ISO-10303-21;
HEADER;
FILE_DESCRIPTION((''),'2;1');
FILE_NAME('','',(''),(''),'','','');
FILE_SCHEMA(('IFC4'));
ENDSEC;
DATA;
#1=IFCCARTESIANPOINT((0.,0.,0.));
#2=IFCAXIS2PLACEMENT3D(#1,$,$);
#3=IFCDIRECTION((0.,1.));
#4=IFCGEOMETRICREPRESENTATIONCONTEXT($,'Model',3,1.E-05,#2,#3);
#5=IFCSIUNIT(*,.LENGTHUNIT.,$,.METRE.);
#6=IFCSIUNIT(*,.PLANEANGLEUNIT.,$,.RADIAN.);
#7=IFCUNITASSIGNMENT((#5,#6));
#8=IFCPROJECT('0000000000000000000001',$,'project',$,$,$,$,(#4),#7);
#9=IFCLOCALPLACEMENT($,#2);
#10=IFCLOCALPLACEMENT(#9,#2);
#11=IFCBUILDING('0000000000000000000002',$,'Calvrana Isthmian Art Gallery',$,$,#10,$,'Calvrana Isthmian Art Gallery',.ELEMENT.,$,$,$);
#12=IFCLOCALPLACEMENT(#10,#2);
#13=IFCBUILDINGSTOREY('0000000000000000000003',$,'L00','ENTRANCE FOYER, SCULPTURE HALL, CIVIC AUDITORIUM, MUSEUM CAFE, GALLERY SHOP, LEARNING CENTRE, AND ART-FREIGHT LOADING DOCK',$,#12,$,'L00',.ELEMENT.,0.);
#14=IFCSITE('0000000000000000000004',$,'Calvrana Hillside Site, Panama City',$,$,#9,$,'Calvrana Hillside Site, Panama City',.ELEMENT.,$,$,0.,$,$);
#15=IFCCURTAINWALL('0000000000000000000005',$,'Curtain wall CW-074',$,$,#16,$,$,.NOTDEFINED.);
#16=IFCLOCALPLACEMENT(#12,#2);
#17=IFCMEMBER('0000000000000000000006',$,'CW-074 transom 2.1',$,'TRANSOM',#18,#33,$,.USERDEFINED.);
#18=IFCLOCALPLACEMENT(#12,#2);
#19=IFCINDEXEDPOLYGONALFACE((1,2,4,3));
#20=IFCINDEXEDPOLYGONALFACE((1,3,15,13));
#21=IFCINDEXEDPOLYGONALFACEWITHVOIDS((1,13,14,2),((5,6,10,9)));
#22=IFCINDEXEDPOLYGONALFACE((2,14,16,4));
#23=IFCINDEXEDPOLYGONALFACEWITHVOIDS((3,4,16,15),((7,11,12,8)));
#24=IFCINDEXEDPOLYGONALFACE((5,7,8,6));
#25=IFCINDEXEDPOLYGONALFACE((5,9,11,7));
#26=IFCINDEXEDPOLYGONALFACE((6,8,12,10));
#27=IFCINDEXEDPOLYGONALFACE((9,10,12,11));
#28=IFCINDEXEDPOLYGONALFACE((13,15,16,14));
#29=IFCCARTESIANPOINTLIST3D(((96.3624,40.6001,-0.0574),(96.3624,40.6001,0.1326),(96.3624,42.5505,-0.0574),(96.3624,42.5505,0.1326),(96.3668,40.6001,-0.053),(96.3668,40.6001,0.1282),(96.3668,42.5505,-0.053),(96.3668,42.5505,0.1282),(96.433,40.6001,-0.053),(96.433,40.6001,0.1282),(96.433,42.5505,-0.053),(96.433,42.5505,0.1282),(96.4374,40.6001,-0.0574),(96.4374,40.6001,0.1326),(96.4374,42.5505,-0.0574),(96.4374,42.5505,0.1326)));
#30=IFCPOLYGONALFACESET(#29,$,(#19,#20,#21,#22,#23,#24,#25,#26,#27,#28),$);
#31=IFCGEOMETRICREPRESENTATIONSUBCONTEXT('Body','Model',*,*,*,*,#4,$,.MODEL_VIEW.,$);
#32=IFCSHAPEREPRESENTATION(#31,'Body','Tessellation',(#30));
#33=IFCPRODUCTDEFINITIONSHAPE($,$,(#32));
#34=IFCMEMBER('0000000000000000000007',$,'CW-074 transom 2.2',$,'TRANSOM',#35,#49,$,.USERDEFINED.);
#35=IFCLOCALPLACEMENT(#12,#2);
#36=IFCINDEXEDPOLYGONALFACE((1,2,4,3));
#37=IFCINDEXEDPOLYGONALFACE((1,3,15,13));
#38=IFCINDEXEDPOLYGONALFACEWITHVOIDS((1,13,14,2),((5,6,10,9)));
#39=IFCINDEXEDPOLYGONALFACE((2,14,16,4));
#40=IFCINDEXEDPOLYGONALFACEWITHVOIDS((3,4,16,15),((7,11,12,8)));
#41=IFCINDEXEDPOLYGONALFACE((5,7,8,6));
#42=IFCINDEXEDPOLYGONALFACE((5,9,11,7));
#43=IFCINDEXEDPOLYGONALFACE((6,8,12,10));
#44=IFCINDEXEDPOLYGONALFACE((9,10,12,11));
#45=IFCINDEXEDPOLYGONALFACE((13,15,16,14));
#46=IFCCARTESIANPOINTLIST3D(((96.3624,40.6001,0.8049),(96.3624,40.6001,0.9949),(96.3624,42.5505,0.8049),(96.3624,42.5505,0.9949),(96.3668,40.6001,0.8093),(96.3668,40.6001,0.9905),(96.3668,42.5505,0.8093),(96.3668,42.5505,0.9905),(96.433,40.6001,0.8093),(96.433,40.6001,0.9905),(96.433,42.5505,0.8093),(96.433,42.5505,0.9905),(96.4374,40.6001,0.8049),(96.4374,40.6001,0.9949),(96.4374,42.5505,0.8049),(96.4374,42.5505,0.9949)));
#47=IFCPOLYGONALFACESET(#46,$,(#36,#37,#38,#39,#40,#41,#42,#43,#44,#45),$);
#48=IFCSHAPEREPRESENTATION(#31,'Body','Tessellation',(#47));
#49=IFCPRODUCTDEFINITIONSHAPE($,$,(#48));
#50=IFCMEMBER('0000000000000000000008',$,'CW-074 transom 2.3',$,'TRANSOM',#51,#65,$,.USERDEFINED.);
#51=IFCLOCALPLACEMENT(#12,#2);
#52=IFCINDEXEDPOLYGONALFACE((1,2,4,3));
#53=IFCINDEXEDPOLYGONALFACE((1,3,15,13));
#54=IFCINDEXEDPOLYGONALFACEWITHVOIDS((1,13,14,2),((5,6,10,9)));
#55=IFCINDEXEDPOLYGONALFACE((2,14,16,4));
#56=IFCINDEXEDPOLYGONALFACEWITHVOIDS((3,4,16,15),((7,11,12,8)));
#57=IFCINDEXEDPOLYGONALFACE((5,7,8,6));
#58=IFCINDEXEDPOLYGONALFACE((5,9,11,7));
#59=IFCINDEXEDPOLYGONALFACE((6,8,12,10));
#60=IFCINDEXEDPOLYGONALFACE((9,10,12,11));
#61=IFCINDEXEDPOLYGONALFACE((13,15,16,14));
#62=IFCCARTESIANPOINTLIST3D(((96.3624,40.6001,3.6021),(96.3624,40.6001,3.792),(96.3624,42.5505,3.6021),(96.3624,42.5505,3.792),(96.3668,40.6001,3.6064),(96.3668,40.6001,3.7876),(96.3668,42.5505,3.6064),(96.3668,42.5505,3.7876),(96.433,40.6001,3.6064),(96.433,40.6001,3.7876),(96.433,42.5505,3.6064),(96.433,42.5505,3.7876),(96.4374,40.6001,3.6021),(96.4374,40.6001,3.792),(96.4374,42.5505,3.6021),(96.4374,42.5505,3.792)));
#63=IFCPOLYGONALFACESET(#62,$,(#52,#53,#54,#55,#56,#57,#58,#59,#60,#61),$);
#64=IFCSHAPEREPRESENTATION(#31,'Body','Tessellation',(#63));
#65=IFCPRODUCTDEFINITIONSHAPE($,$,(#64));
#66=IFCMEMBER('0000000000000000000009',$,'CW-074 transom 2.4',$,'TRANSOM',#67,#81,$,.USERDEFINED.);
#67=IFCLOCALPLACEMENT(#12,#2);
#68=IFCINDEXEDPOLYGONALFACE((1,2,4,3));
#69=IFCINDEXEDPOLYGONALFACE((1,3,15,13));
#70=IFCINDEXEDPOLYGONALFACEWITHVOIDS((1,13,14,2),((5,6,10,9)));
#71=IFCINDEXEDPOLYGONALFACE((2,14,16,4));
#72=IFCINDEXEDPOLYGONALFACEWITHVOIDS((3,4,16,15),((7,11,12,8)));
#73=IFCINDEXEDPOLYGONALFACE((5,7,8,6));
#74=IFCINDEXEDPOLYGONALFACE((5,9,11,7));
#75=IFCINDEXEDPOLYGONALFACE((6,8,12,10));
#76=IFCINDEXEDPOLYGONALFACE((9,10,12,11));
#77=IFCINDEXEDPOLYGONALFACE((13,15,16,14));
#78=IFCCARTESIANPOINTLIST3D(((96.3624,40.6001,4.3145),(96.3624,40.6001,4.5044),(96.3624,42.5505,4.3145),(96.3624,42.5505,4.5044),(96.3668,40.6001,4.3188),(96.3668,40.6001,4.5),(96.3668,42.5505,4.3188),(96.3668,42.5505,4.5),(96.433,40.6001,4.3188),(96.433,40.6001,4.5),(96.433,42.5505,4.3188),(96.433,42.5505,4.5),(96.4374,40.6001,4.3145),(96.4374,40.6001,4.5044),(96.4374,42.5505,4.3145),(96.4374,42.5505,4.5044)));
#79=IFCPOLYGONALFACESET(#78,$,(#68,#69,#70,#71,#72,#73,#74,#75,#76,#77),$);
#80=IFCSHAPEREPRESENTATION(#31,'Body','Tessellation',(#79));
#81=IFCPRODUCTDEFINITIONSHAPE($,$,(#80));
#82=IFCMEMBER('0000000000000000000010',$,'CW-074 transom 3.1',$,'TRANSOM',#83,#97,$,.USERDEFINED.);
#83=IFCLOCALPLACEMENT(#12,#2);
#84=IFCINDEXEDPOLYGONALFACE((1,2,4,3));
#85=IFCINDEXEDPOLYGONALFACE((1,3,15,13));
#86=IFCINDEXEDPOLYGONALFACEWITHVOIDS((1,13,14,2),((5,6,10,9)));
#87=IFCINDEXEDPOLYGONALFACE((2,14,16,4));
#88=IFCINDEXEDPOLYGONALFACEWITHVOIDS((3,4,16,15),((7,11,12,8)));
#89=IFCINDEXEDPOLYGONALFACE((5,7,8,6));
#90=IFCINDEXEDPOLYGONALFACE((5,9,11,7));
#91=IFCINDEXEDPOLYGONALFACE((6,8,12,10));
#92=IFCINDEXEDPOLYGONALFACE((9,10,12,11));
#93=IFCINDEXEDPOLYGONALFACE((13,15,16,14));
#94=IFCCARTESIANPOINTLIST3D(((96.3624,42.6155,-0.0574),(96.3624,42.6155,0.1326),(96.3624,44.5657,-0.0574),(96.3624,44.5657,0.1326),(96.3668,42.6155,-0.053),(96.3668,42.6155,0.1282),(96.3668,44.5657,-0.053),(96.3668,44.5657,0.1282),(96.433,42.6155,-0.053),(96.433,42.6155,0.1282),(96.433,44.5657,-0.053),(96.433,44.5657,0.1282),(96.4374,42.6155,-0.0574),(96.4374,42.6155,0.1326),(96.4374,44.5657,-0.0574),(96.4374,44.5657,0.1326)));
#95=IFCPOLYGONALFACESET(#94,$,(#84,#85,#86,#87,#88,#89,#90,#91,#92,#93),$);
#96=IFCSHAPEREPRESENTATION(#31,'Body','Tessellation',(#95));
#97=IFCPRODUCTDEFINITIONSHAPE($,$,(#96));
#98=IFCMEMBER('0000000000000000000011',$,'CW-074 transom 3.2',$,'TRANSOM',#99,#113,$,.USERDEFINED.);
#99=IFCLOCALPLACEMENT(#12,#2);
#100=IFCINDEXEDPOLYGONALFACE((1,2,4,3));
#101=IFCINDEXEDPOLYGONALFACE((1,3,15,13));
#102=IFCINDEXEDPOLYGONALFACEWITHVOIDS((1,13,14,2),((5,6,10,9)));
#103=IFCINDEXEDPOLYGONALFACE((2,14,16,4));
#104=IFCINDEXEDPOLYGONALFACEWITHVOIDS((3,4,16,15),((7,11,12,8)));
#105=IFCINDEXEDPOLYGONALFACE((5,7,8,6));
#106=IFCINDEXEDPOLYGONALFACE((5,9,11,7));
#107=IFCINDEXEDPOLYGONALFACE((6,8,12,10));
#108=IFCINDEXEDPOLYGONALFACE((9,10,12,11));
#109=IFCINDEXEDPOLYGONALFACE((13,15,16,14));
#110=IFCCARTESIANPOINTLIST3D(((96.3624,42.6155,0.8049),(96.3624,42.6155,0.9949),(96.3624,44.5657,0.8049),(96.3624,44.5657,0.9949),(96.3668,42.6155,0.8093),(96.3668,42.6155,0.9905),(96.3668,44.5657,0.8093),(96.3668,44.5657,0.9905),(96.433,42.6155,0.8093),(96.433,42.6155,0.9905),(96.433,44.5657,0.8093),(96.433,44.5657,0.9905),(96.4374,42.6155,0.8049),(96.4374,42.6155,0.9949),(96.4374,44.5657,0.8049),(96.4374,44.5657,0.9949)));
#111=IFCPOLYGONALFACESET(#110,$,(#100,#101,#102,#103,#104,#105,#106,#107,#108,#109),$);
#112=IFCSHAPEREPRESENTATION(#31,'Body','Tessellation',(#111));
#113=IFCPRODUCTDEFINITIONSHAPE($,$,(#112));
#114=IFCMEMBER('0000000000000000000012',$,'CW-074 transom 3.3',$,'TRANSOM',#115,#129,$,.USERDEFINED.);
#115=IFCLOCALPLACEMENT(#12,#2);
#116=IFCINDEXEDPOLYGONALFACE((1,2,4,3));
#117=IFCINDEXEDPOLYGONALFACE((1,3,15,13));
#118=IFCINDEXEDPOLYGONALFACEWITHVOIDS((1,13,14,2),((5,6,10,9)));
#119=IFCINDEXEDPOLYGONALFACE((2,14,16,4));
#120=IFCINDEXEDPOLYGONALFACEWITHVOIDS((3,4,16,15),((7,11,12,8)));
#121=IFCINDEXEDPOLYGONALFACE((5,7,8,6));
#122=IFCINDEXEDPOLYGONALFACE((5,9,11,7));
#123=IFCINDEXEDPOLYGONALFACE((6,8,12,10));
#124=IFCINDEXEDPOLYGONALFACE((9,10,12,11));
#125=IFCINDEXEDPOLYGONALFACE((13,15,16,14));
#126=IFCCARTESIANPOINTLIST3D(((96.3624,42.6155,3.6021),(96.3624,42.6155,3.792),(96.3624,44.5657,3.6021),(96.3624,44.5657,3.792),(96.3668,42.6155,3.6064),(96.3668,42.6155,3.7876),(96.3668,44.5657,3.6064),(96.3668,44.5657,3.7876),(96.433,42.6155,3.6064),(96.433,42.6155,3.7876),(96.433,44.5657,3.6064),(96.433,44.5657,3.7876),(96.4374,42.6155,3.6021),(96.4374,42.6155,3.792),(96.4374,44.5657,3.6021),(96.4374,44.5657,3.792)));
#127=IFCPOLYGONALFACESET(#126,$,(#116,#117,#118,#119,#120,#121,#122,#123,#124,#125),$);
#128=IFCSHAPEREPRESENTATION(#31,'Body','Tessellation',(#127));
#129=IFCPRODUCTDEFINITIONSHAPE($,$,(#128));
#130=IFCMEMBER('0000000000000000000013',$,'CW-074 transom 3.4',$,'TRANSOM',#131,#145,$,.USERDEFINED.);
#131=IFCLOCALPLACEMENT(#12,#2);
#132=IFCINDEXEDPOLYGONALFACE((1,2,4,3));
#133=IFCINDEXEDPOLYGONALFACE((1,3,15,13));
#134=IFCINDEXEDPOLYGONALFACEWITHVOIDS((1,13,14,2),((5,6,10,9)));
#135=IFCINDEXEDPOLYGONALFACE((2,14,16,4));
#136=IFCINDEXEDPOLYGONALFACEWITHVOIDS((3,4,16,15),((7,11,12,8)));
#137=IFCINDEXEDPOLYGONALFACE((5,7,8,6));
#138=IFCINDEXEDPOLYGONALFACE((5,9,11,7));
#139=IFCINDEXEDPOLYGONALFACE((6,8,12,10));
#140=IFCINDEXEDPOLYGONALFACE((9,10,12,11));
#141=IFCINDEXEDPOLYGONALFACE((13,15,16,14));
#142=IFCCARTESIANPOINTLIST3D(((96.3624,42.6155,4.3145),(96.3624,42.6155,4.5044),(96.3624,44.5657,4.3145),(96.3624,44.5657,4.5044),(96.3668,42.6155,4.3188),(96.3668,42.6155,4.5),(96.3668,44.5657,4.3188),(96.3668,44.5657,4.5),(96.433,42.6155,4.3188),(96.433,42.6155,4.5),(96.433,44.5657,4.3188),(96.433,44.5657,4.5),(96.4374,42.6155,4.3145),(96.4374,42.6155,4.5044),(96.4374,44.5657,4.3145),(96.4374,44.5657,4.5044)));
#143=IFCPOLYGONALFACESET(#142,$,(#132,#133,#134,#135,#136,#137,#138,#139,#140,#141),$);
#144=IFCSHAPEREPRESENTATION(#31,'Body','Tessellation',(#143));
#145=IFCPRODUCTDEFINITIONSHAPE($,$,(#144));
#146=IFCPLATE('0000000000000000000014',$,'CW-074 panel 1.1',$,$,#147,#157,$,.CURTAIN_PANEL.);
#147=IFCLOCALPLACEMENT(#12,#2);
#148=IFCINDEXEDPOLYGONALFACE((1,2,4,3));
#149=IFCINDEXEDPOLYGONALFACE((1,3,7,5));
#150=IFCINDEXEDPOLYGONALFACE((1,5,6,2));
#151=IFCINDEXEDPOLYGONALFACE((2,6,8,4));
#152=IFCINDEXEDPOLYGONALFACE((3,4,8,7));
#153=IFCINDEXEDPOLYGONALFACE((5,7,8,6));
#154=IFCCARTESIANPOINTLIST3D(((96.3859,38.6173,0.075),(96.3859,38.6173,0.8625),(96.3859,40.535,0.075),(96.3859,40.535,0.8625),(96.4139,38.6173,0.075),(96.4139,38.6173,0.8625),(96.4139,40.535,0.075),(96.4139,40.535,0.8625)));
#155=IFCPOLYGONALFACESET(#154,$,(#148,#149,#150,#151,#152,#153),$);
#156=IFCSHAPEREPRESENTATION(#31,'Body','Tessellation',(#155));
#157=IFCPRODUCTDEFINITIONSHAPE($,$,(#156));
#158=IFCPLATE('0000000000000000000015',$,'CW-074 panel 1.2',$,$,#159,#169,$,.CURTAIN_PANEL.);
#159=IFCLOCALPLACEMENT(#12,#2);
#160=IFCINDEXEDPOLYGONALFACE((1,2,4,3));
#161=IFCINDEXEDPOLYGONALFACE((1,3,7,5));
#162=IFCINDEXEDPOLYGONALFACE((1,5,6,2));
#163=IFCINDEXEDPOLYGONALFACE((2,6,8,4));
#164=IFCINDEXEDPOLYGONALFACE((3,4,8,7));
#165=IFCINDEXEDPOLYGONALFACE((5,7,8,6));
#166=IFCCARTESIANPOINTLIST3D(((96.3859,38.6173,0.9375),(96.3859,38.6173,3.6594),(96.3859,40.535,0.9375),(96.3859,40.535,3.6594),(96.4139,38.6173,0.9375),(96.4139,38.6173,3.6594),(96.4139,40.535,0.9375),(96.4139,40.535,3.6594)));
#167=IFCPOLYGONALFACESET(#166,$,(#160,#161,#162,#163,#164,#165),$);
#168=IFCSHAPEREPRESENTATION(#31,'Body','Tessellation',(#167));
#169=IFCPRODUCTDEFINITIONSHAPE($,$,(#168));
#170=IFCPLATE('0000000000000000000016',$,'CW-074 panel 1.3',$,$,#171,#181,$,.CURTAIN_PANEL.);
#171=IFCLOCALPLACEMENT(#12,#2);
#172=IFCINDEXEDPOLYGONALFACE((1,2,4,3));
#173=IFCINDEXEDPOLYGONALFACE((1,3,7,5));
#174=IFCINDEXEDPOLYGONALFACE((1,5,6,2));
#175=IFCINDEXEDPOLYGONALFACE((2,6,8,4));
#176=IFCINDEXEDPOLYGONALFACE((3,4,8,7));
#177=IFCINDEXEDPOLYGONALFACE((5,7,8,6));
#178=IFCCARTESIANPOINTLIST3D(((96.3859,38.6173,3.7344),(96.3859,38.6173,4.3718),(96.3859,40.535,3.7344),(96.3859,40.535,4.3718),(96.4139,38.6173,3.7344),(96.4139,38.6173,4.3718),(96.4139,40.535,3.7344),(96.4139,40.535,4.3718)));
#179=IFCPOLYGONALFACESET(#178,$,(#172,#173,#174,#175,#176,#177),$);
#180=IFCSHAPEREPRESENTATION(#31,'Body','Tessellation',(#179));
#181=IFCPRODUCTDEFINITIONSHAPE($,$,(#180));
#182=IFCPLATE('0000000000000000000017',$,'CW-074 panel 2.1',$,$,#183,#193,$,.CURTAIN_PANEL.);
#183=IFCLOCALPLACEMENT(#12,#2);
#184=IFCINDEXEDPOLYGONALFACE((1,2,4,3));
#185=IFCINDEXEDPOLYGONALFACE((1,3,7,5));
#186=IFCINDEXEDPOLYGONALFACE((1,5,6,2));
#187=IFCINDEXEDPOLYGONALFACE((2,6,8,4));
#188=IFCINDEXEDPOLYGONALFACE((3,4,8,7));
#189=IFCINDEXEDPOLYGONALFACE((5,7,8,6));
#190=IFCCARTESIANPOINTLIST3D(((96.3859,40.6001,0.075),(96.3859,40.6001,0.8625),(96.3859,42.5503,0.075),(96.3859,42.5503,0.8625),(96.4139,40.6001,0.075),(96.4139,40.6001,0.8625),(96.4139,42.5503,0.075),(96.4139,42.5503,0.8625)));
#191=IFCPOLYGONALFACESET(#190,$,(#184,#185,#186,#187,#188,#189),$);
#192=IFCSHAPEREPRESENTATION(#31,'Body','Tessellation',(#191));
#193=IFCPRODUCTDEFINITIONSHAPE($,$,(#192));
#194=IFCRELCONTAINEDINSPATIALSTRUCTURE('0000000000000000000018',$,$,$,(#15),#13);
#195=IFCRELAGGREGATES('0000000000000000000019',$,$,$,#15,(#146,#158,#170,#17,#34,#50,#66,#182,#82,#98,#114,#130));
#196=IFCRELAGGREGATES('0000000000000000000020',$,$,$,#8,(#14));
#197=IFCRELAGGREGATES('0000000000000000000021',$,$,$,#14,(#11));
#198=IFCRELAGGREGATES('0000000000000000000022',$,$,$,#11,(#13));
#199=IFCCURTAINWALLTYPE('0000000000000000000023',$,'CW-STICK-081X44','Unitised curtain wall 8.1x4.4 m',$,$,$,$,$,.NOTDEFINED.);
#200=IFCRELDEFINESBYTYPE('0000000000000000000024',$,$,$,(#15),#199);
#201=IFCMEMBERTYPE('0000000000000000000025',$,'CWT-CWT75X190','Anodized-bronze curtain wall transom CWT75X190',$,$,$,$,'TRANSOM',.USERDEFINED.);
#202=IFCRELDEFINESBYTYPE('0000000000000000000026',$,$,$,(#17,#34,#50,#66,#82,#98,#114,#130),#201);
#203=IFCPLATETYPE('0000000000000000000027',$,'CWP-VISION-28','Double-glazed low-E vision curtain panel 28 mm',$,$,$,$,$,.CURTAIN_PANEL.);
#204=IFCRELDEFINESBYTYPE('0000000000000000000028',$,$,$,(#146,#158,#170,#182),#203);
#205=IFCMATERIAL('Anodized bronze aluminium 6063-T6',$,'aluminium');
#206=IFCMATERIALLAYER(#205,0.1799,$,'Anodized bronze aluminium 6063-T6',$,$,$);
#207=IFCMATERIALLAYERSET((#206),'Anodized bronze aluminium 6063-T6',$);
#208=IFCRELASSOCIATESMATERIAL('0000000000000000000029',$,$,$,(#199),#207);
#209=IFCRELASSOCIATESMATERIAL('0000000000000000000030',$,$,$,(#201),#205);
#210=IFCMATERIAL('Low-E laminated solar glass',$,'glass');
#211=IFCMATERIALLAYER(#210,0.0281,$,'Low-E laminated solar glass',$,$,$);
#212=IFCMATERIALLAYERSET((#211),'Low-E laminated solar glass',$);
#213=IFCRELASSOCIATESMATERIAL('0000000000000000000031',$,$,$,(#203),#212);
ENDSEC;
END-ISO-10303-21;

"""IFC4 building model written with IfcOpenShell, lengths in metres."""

from ifc_helpers import new_model, si_unit, direction, frame, origin, origin_2d, place, context, subcontext, project, spatial, rectangle, hollow_rectangle, extrude, material, layer, layer_set, material_profile, profile_set, type_object, element, aggregate, save


model = new_model("IFC4")

# Units and contexts
model_context = context("Model", 3, precision=1e-05, world=origin(), true_north=direction((0.0, 1.0)))
body_context = subcontext(model_context, "Body", "Model", "MODEL_VIEW")
ifc_project = project(units=[si_unit("LENGTHUNIT", "METRE"), si_unit("PLANEANGLEUNIT", "RADIAN")], contexts=[model_context])

# Site, building, storey
site_placement = place(None, origin())
site = spatial("IfcSite", under=ifc_project, at=site_placement, Name="Calvrana Hillside Site, Panama City", LongName="Calvrana Hillside Site, Panama City", CompositionType="ELEMENT", RefElevation=0.0)
building_placement = place(site_placement, origin())
building = spatial("IfcBuilding", under=site, at=building_placement, Name="Calvrana Isthmian Art Gallery", LongName="Calvrana Isthmian Art Gallery", CompositionType="ELEMENT")
storey_placement = place(building_placement, origin())
storey = spatial("IfcBuildingStorey", under=building, at=storey_placement, Name="L00", Description="ENTRANCE FOYER, SCULPTURE HALL, CIVIC AUDITORIUM, MUSEUM CAFE, GALLERY SHOP, LEARNING CENTRE, AND ART-FREIGHT LOADING DOCK", LongName="L00", CompositionType="ELEMENT", Elevation=0.0)

# Shared definitions
ifc_material_1 = material(Name="Anodized bronze aluminium 6063-T6", Category="aluminium")

# Curtain wall, members, plates
ifc_layer_1 = layer(ifc_material_1, 0.1799, Name="Anodized bronze aluminium 6063-T6")
ifc_layer_set_1 = layer_set([ifc_layer_1], Name="Anodized bronze aluminium 6063-T6")
curtain_wall_type_1 = type_object("IfcCurtainWallType", Name="CW-STICK-081X44", Description="Unitised curtain wall 8.1x4.4 m", PredefinedType="NOTDEFINED", material=ifc_layer_set_1)
curtain_wall_1_placement = place(storey_placement, origin())
curtain_wall_1 = element("IfcCurtainWall", 1, at=curtain_wall_1_placement, inside=storey, type_object=curtain_wall_type_1, Name="Curtain wall CW-074", PredefinedType="NOTDEFINED")
ifc_material_profile_1 = material_profile(ifc_material_1, hollow_rectangle(XDim=0.075, YDim=0.1899, WallThickness=0.0044, at=origin_2d()), Name="CWT75X190")
ifc_profile_set_1 = profile_set([ifc_material_profile_1], Name="Anodized bronze aluminium 6063-T6")
member_type_1 = type_object("IfcMemberType", Name="CWT-CWT75X190", Description="Anodized-bronze curtain wall transom CWT75X190", ElementType="TRANSOM", PredefinedType="USERDEFINED", material=ifc_profile_set_1)
member_1_placement = place(storey_placement, frame((96.3999, 40.6001, 0.0376), z_axis=(0.0, 1.0, 0.0), x_axis=(-1.0, 0.0, 0.0)))
member_1 = element("IfcMember", 2, at=member_1_placement, type_object=member_type_1, Name="CW-074 transom 2.1", ObjectType="TRANSOM", PredefinedType="USERDEFINED", context=body_context, shape_type="SweptSolid", body=[
    extrude(hollow_rectangle(XDim=0.075, YDim=0.1899, WallThickness=0.0044, at=origin_2d()), origin(), (0.0, 0.0, 1.0), 1.9504),
])
member_2_placement = place(storey_placement, frame((96.3999, 40.6001, 0.8999), z_axis=(0.0, 1.0, 0.0), x_axis=(-1.0, 0.0, 0.0)))
member_2 = element("IfcMember", 3, at=member_2_placement, type_object=member_type_1, Name="CW-074 transom 2.2", ObjectType="TRANSOM", PredefinedType="USERDEFINED", context=body_context, shape_type="SweptSolid", body=[
    extrude(hollow_rectangle(XDim=0.075, YDim=0.1899, WallThickness=0.0044, at=origin_2d()), origin(), (0.0, 0.0, 1.0), 1.9504),
])
member_3_placement = place(storey_placement, frame((96.3999, 40.6001, 3.697), z_axis=(0.0, 1.0, 0.0), x_axis=(-1.0, 0.0, 0.0)))
member_3 = element("IfcMember", 4, at=member_3_placement, type_object=member_type_1, Name="CW-074 transom 2.3", ObjectType="TRANSOM", PredefinedType="USERDEFINED", context=body_context, shape_type="SweptSolid", body=[
    extrude(hollow_rectangle(XDim=0.075, YDim=0.1899, WallThickness=0.0044, at=origin_2d()), origin(), (0.0, 0.0, 1.0), 1.9504),
])
member_4_placement = place(storey_placement, frame((96.3999, 40.6001, 4.4094), z_axis=(0.0, 1.0, 0.0), x_axis=(-1.0, 0.0, 0.0)))
member_4 = element("IfcMember", 5, at=member_4_placement, type_object=member_type_1, Name="CW-074 transom 2.4", ObjectType="TRANSOM", PredefinedType="USERDEFINED", context=body_context, shape_type="SweptSolid", body=[
    extrude(hollow_rectangle(XDim=0.075, YDim=0.1899, WallThickness=0.0044, at=origin_2d()), origin(), (0.0, 0.0, 1.0), 1.9504),
])
member_5_placement = place(storey_placement, frame((96.3999, 42.6155, 0.0376), z_axis=(0.0, 1.0, 0.0), x_axis=(-1.0, 0.0, 0.0)))
member_5 = element("IfcMember", 6, at=member_5_placement, type_object=member_type_1, Name="CW-074 transom 3.1", ObjectType="TRANSOM", PredefinedType="USERDEFINED", context=body_context, shape_type="SweptSolid", body=[
    extrude(hollow_rectangle(XDim=0.075, YDim=0.1899, WallThickness=0.0044, at=origin_2d()), origin(), (0.0, 0.0, 1.0), 1.9502),
])
member_6_placement = place(storey_placement, frame((96.3999, 42.6155, 0.8999), z_axis=(0.0, 1.0, 0.0), x_axis=(-1.0, 0.0, 0.0)))
member_6 = element("IfcMember", 7, at=member_6_placement, type_object=member_type_1, Name="CW-074 transom 3.2", ObjectType="TRANSOM", PredefinedType="USERDEFINED", context=body_context, shape_type="SweptSolid", body=[
    extrude(hollow_rectangle(XDim=0.075, YDim=0.1899, WallThickness=0.0044, at=origin_2d()), origin(), (0.0, 0.0, 1.0), 1.9502),
])
member_7_placement = place(storey_placement, frame((96.3999, 42.6155, 3.697), z_axis=(0.0, 1.0, 0.0), x_axis=(-1.0, 0.0, 0.0)))
member_7 = element("IfcMember", 8, at=member_7_placement, type_object=member_type_1, Name="CW-074 transom 3.3", ObjectType="TRANSOM", PredefinedType="USERDEFINED", context=body_context, shape_type="SweptSolid", body=[
    extrude(hollow_rectangle(XDim=0.075, YDim=0.1899, WallThickness=0.0044, at=origin_2d()), origin(), (0.0, 0.0, 1.0), 1.9502),
])
member_8_placement = place(storey_placement, frame((96.3999, 42.6155, 4.4094), z_axis=(0.0, 1.0, 0.0), x_axis=(-1.0, 0.0, 0.0)))
member_8 = element("IfcMember", 9, at=member_8_placement, type_object=member_type_1, Name="CW-074 transom 3.4", ObjectType="TRANSOM", PredefinedType="USERDEFINED", context=body_context, shape_type="SweptSolid", body=[
    extrude(hollow_rectangle(XDim=0.075, YDim=0.1899, WallThickness=0.0044, at=origin_2d()), origin(), (0.0, 0.0, 1.0), 1.9502),
])
ifc_material_2 = material(Name="Low-E laminated solar glass", Category="glass")
ifc_layer_2 = layer(ifc_material_2, 0.0281, Name="Low-E laminated solar glass")
ifc_layer_set_2 = layer_set([ifc_layer_2], Name="Low-E laminated solar glass")
plate_type_1 = type_object("IfcPlateType", Name="CWP-VISION-28", Description="Double-glazed low-E vision curtain panel 28 mm", PredefinedType="CURTAIN_PANEL", material=ifc_layer_set_2)
plate_1_placement = place(storey_placement, frame((96.3999, 39.5762, 0.075), z_axis=(0.0, 0.0, 1.0), x_axis=(0.0, 1.0, 0.0)))
plate_1 = element("IfcPlate", 10, at=plate_1_placement, type_object=plate_type_1, Name="CW-074 panel 1.1", PredefinedType="CURTAIN_PANEL", context=body_context, shape_type="SweptSolid", body=[
    extrude(rectangle(XDim=1.9177, YDim=0.0281, at=origin_2d()), origin(), (0.0, 0.0, 1.0), 0.7876),
])
plate_2_placement = place(storey_placement, frame((96.3999, 39.5762, 0.9375), z_axis=(0.0, 0.0, 1.0), x_axis=(0.0, 1.0, 0.0)))
plate_2 = element("IfcPlate", 11, at=plate_2_placement, type_object=plate_type_1, Name="CW-074 panel 1.2", PredefinedType="CURTAIN_PANEL", context=body_context, shape_type="SweptSolid", body=[
    extrude(rectangle(XDim=1.9177, YDim=0.0281, at=origin_2d()), origin(), (0.0, 0.0, 1.0), 2.7219),
])
plate_3_placement = place(storey_placement, frame((96.3999, 39.5762, 3.7344), z_axis=(0.0, 0.0, 1.0), x_axis=(0.0, 1.0, 0.0)))
plate_3 = element("IfcPlate", 12, at=plate_3_placement, type_object=plate_type_1, Name="CW-074 panel 1.3", PredefinedType="CURTAIN_PANEL", context=body_context, shape_type="SweptSolid", body=[
    extrude(rectangle(XDim=1.9177, YDim=0.0281, at=origin_2d()), origin(), (0.0, 0.0, 1.0), 0.6375),
])
plate_4_placement = place(storey_placement, frame((96.3999, 41.5752, 0.075), z_axis=(0.0, 0.0, 1.0), x_axis=(0.0, 1.0, 0.0)))
plate_4 = element("IfcPlate", 13, at=plate_4_placement, type_object=plate_type_1, Name="CW-074 panel 2.1", PredefinedType="CURTAIN_PANEL", context=body_context, shape_type="SweptSolid", body=[
    extrude(rectangle(XDim=1.9502, YDim=0.0281, at=origin_2d()), origin(), (0.0, 0.0, 1.0), 0.7876),
])
aggregate(curtain_wall_1, [plate_1, plate_2, plate_3, member_1, member_2, member_3, member_4, plate_4, member_5, member_6, member_7, member_8])

save(model, "model.ifc")
